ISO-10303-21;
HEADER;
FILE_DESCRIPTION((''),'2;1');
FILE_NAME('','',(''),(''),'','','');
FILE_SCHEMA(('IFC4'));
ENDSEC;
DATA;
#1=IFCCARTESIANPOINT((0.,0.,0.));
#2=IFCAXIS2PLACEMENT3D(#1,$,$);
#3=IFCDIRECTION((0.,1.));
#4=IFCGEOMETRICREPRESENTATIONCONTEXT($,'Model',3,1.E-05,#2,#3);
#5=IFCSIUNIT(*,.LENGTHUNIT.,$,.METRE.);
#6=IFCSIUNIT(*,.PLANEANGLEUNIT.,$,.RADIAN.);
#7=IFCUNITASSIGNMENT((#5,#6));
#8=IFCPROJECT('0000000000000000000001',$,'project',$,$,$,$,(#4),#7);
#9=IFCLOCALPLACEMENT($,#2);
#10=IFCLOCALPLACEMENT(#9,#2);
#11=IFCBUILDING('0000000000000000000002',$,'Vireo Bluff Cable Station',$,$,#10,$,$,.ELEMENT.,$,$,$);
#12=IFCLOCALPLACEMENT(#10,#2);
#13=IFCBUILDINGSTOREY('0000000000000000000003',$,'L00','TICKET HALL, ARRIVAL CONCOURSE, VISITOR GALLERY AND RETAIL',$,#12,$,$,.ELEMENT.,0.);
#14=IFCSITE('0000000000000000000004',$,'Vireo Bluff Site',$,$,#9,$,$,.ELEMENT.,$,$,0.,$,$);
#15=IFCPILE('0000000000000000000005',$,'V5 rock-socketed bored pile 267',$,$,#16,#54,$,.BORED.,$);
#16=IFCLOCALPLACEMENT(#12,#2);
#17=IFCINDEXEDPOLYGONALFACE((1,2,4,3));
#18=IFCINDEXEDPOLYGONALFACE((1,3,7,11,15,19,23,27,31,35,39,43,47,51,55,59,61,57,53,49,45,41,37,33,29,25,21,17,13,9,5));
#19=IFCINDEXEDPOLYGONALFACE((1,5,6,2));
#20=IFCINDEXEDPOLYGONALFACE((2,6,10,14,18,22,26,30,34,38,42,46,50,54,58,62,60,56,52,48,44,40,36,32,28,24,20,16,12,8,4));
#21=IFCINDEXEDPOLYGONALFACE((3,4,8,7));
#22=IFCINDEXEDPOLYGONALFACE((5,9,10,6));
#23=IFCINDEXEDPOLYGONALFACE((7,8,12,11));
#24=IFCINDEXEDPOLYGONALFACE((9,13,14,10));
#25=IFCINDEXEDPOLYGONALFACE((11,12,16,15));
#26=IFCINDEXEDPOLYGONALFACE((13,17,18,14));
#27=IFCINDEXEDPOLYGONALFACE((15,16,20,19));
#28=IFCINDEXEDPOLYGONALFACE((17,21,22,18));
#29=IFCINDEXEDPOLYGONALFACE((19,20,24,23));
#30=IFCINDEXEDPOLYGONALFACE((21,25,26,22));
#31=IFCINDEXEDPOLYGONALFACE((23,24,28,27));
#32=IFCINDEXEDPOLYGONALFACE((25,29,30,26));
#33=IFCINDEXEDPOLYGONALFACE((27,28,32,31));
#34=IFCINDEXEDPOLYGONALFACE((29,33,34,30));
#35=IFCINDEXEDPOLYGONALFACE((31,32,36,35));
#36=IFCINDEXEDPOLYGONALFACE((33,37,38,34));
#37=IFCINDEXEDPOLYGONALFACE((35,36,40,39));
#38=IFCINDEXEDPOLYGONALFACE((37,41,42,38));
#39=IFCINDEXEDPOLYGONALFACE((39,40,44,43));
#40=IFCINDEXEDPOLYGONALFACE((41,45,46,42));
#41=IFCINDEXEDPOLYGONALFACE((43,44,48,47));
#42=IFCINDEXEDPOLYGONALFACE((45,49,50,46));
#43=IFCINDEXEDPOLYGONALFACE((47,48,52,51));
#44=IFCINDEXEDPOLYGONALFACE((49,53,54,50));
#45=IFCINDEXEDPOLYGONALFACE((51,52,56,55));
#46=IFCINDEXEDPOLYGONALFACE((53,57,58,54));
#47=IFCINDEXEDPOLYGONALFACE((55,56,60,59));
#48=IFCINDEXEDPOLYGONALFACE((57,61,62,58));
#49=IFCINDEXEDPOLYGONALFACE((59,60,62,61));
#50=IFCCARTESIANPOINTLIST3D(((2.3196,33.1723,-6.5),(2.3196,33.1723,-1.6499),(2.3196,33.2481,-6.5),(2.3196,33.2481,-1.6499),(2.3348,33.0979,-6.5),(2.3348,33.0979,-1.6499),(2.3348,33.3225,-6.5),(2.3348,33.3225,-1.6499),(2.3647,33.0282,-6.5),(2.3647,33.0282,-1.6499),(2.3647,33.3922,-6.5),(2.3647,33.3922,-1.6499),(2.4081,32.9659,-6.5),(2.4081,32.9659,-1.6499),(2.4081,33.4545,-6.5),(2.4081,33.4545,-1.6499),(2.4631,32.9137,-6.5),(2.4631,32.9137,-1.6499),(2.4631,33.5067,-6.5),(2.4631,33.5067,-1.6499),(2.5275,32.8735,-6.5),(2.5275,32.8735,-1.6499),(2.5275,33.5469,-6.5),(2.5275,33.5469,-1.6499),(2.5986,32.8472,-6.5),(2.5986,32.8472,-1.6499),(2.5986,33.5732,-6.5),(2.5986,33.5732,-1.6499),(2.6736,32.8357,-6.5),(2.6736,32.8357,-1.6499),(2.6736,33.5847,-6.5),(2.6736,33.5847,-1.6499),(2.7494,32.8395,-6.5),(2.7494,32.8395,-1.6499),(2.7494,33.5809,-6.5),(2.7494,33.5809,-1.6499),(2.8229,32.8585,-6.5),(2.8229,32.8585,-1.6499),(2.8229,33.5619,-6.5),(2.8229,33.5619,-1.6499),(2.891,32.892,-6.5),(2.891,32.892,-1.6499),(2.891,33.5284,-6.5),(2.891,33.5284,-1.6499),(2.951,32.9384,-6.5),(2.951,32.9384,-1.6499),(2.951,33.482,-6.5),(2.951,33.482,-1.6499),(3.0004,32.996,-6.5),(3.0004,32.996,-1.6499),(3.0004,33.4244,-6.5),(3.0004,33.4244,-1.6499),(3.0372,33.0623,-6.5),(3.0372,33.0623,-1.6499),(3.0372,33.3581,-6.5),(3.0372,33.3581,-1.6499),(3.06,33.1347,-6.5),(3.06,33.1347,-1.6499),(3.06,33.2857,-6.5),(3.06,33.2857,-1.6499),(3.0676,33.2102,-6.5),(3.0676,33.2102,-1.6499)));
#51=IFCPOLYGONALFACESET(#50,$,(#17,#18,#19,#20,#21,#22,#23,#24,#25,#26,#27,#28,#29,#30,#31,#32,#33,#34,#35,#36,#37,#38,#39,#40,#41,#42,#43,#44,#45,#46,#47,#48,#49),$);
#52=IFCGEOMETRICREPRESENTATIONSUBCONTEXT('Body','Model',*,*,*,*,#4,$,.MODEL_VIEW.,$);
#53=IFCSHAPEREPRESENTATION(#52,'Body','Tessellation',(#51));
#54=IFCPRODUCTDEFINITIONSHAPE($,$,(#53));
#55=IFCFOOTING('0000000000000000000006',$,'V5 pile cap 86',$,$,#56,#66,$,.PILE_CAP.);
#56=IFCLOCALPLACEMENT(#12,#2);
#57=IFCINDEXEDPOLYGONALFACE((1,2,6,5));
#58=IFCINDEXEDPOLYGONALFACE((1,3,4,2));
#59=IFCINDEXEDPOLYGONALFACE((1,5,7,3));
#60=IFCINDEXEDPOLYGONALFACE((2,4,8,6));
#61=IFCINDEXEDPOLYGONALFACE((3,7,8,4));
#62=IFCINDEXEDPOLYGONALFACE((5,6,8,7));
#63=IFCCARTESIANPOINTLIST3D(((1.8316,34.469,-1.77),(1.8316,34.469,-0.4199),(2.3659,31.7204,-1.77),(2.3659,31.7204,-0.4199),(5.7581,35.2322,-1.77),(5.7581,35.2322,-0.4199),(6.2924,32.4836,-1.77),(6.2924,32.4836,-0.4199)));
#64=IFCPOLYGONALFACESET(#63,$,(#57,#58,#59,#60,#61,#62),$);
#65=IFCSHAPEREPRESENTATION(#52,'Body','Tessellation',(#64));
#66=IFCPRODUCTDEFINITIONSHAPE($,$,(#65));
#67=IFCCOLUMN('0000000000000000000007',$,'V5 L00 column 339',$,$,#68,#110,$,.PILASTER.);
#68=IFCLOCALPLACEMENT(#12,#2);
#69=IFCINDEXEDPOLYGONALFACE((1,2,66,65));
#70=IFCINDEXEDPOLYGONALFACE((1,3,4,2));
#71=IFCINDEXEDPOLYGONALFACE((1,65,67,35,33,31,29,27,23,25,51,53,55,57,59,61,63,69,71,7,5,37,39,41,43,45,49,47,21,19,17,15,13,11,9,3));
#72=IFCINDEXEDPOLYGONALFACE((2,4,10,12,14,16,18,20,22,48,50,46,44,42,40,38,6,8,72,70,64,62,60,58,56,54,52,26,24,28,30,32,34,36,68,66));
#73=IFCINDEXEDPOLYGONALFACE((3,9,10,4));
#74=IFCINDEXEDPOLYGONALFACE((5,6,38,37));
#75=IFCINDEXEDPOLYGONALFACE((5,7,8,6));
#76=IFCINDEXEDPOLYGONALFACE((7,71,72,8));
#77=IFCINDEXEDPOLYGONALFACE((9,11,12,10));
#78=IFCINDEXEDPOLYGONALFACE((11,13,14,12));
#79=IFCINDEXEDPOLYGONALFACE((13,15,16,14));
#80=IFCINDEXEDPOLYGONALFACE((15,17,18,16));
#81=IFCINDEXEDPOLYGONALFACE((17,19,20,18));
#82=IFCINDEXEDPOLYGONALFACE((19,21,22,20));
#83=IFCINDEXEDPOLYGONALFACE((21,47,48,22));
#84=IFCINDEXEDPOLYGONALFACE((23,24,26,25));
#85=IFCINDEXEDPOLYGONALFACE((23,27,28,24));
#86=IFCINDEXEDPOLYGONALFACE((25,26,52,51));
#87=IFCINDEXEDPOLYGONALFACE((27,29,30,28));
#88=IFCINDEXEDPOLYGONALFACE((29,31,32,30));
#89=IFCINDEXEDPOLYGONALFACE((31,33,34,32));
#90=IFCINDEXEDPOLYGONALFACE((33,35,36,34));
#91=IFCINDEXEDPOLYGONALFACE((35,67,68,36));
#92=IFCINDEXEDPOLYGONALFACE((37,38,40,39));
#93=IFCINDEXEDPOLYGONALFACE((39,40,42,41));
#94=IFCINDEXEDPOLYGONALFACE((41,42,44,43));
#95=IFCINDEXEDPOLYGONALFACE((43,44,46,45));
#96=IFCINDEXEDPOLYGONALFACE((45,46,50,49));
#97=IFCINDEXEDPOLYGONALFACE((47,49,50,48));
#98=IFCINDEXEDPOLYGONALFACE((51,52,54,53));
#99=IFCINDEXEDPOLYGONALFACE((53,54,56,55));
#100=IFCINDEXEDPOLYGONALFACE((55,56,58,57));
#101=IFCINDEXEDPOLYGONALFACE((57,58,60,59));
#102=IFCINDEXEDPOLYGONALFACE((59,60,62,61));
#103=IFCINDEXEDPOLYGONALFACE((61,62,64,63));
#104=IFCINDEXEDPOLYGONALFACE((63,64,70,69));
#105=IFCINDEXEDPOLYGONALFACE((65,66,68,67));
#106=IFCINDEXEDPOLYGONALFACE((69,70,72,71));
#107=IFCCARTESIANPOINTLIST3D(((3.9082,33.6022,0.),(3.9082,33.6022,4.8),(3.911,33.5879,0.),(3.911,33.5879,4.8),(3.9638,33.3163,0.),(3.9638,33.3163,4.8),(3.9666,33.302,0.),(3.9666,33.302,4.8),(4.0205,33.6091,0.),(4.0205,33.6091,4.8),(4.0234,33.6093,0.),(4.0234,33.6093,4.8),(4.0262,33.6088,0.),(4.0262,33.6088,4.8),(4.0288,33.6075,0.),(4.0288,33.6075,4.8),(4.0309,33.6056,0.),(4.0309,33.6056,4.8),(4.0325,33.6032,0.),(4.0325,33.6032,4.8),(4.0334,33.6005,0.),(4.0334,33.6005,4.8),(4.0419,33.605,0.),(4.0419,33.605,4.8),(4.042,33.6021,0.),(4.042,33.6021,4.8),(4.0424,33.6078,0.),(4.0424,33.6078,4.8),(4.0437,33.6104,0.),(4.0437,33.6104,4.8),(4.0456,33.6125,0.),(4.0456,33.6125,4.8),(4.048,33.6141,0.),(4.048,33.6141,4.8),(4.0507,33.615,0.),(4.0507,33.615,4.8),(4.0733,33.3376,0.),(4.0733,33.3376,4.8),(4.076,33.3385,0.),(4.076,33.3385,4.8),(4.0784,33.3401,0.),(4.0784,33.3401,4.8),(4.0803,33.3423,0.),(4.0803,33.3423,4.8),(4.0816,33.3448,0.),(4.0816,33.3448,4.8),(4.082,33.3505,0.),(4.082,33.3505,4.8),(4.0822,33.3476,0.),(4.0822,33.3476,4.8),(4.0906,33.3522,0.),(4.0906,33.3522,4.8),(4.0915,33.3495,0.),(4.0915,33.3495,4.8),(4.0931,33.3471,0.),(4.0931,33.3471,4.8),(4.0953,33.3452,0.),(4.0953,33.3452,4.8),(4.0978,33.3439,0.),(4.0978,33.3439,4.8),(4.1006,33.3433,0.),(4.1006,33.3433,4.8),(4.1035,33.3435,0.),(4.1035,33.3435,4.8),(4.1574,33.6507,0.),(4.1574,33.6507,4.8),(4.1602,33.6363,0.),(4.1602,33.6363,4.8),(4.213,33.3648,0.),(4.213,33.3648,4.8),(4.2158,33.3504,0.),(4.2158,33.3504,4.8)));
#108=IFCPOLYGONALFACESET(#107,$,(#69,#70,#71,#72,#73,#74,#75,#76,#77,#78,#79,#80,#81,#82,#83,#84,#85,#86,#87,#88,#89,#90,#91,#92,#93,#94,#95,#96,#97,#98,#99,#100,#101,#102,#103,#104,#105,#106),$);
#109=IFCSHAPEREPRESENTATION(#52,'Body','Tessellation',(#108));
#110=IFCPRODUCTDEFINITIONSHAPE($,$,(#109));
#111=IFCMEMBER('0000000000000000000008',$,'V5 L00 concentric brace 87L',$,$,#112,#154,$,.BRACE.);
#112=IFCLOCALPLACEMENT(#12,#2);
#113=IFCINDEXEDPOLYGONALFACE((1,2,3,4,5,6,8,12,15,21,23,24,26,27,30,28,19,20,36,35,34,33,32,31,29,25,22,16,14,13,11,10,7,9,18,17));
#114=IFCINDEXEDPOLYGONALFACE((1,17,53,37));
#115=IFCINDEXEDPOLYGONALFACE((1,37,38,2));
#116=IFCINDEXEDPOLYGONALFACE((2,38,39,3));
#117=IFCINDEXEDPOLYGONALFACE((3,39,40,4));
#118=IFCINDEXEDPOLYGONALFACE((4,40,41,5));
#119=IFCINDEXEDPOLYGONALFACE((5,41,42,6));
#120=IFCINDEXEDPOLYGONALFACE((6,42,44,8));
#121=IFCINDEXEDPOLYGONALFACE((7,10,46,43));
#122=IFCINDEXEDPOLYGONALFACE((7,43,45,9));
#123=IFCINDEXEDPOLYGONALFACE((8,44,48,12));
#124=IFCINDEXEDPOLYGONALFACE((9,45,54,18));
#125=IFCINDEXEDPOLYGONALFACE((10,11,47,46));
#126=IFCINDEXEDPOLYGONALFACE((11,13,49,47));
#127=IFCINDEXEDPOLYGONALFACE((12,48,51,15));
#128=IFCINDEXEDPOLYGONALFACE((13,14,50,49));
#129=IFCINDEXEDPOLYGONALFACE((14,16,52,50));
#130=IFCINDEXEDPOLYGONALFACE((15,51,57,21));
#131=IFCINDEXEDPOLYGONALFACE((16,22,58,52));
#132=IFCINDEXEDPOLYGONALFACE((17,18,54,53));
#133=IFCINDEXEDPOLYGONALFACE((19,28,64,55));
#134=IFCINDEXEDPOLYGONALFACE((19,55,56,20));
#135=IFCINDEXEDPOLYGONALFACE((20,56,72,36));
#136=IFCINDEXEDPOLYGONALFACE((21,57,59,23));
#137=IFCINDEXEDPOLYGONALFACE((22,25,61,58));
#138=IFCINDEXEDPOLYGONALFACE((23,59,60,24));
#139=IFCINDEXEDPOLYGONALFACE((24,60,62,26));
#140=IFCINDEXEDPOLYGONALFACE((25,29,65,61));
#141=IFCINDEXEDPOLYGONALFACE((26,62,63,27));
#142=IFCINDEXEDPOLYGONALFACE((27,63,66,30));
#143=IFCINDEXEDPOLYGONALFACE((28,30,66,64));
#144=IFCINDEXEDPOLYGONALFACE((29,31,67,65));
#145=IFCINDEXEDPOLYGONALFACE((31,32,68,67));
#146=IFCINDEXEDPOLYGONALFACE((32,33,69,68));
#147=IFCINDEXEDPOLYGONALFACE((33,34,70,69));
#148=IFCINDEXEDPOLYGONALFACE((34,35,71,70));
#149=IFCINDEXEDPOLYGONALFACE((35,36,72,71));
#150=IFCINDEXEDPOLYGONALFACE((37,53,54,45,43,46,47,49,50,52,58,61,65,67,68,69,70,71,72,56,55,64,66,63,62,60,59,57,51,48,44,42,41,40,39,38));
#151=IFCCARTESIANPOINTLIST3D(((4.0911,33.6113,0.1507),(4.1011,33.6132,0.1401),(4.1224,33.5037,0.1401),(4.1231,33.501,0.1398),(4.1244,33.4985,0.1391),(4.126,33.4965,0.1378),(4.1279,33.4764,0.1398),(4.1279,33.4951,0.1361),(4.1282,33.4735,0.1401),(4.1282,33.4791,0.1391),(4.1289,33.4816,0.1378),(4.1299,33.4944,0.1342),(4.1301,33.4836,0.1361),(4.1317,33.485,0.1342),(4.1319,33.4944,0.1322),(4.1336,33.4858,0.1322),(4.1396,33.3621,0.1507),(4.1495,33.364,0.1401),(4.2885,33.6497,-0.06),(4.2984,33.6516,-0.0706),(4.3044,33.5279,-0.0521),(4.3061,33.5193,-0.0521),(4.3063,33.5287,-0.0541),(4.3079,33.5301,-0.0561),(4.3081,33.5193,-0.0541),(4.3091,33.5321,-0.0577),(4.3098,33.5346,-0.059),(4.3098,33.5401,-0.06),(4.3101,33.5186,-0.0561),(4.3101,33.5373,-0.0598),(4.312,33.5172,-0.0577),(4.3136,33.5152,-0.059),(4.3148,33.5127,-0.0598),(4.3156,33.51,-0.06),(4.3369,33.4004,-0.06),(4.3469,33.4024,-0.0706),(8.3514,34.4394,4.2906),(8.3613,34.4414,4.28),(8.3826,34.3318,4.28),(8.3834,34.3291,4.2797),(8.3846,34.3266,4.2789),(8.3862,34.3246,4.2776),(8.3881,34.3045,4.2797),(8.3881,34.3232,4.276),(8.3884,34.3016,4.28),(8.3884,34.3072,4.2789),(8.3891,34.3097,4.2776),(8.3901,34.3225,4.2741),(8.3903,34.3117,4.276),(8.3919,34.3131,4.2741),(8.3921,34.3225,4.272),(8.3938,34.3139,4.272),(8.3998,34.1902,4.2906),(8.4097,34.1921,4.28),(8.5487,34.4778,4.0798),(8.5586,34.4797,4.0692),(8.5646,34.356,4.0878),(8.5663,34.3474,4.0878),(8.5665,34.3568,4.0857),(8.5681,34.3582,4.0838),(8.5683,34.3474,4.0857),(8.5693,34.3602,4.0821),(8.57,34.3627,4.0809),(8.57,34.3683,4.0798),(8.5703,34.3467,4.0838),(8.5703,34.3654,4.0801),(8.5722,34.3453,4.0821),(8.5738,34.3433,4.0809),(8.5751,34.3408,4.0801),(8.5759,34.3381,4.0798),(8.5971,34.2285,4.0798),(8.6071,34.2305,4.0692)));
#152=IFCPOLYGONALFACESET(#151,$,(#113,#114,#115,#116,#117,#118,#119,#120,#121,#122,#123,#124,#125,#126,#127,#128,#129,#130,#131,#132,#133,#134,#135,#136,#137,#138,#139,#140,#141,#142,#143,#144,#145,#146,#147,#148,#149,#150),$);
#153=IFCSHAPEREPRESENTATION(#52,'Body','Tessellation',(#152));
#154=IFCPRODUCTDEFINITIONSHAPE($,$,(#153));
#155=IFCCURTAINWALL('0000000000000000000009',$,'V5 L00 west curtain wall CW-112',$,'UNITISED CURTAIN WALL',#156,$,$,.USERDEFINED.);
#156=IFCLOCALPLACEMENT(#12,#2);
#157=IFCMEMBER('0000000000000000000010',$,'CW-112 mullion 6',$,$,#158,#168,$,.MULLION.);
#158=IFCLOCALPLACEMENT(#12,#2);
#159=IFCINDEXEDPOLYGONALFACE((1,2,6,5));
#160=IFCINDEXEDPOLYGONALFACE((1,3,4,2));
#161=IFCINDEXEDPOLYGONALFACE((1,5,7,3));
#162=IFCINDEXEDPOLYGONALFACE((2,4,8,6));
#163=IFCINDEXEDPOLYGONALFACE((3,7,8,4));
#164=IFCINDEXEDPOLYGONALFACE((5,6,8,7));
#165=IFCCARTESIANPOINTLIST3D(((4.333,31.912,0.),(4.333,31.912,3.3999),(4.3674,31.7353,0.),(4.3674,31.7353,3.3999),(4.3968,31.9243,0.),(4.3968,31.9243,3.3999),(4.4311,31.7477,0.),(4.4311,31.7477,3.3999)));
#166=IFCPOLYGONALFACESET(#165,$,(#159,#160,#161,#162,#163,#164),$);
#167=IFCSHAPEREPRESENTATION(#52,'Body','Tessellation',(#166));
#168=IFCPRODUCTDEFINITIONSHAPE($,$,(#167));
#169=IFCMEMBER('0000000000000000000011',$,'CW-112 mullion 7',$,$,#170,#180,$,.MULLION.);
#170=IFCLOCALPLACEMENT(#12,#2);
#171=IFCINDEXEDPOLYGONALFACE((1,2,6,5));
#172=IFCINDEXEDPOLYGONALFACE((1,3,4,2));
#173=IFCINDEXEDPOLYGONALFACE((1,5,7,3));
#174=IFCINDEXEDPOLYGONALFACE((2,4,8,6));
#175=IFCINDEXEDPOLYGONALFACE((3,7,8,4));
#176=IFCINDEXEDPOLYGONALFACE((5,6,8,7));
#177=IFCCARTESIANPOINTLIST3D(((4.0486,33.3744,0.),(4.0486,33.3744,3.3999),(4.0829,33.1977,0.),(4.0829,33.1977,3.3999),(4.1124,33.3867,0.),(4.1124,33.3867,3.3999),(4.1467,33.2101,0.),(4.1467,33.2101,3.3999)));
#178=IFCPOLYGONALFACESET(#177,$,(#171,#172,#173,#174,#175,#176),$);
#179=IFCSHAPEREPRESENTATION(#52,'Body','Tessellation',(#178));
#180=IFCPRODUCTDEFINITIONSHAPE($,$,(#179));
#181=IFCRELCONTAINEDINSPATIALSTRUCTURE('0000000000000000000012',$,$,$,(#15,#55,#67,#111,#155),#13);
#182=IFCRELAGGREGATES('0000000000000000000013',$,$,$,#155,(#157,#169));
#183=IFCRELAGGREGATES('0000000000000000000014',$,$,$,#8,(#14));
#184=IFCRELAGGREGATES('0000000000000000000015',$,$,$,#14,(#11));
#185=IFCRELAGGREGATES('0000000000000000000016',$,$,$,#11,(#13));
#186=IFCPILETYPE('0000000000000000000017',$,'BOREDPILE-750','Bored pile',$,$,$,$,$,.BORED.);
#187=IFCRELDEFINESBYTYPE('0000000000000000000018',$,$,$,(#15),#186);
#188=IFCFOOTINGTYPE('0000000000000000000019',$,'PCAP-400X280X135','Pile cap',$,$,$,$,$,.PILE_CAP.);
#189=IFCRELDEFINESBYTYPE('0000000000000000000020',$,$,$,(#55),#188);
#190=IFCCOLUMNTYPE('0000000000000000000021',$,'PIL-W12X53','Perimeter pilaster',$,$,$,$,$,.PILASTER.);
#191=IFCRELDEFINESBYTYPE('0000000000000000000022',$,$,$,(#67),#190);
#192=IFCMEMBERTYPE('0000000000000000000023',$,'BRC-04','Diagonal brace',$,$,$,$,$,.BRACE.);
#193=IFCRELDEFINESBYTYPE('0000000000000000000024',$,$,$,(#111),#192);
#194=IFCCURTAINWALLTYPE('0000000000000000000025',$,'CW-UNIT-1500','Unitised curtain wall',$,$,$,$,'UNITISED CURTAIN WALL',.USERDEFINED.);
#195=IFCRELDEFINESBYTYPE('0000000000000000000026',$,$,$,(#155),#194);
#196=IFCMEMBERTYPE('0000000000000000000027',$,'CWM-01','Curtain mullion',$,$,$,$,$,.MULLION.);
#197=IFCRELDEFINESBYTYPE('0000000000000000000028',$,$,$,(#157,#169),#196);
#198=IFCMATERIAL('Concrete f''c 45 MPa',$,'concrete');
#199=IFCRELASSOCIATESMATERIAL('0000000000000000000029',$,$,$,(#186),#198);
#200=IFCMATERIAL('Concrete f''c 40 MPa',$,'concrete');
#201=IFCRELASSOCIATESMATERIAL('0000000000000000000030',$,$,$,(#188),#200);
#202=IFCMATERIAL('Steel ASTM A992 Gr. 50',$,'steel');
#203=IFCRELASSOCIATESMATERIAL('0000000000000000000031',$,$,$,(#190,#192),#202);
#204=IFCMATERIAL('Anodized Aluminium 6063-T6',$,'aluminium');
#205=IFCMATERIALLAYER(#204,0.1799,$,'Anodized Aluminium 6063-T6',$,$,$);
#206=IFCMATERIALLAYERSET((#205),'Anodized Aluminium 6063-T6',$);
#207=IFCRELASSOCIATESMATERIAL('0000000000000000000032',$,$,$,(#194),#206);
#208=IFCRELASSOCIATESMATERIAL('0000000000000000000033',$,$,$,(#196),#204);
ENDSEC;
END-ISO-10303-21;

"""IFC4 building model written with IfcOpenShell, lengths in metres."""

from ifc_helpers import new_model, si_unit, direction, frame, origin, origin_2d, place, context, subcontext, project, spatial, rectangle, circle, i_section, extrude, material, layer, layer_set, material_profile, profile_set, type_object, element, aggregate, save


model = new_model("IFC4")

# Units and contexts
model_context = context("Model", 3, precision=1e-05, world=origin(), true_north=direction((0.0, 1.0)))
body_context = subcontext(model_context, "Body", "Model", "MODEL_VIEW")
ifc_project = project(units=[si_unit("LENGTHUNIT", "METRE"), si_unit("PLANEANGLEUNIT", "RADIAN")], contexts=[model_context])

# Site, building, storey
site_placement = place(None, origin())
site = spatial("IfcSite", under=ifc_project, at=site_placement, Name="Vireo Bluff Site", CompositionType="ELEMENT", RefElevation=0.0)
building_placement = place(site_placement, origin())
building = spatial("IfcBuilding", under=site, at=building_placement, Name="Vireo Bluff Cable Station", CompositionType="ELEMENT")
storey_placement = place(building_placement, origin())
storey = spatial("IfcBuildingStorey", under=building, at=storey_placement, Name="L00", Description="TICKET HALL, ARRIVAL CONCOURSE, VISITOR GALLERY AND RETAIL", CompositionType="ELEMENT", Elevation=0.0)

# Pile
ifc_material_1 = material(Name="Concrete f'c 45 MPa", Category="concrete")
ifc_material_profile_1 = material_profile(ifc_material_1, circle(Radius=0.375, at=origin_2d()), Name="BOREDPILE-750")
ifc_profile_set_1 = profile_set([ifc_material_profile_1], Name="Concrete f'c 45 MPa")
pile_type = type_object("IfcPileType", Name="BOREDPILE-750", Description="Bored pile", PredefinedType="BORED", material=ifc_profile_set_1)
pile_placement = place(storey_placement, frame((2.6926, 33.2102, -1.6499), z_axis=(0.0, 0.0, -1.0), x_axis=(1.0, 0.0, 0.0)))
element("IfcPile", 1, at=pile_placement, inside=storey, type_object=pile_type, Name="V5 rock-socketed bored pile 267", PredefinedType="BORED", context=body_context, shape_type="SweptSolid", body=[
    extrude(circle(Radius=0.375, at=origin_2d()), origin(), (0.0, 0.0, 1.0), 4.8501),
])

# Footing
ifc_material_2 = material(Name="Concrete f'c 40 MPa", Category="concrete")
footing_type = type_object("IfcFootingType", Name="PCAP-400X280X135", Description="Pile cap", PredefinedType="PILE_CAP", material=ifc_material_2)
footing_placement = place(storey_placement, frame((4.062, 33.4763, -1.77), z_axis=(0.0, 0.0, 1.0), x_axis=(0.981627, 0.190809, 0.0)))
element("IfcFooting", 2, at=footing_placement, inside=storey, type_object=footing_type, Name="V5 pile cap 86", PredefinedType="PILE_CAP", context=body_context, shape_type="SweptSolid", body=[
    extrude(rectangle(XDim=4.0, YDim=2.8, at=origin_2d()), origin(), (0.0, 0.0, 1.0), 1.3501),
])

# Column
ifc_material_3 = material(Name="Steel ASTM A992 Gr. 50", Category="steel")
ifc_material_profile_2 = material_profile(ifc_material_3, i_section(OverallWidth=0.2539, OverallDepth=0.3059, WebThickness=0.0088, FlangeThickness=0.0146, FilletRadius=0.011, at=origin_2d()), Name="W12X53")
ifc_profile_set_2 = profile_set([ifc_material_profile_2], Name="Steel ASTM A992 Gr. 50")
column_type = type_object("IfcColumnType", Name="PIL-W12X53", Description="Perimeter pilaster", PredefinedType="PILASTER", material=ifc_profile_set_2)
column_placement = place(storey_placement, frame((4.062, 33.4763, 0.0), z_axis=(0.0, 0.0, 1.0), x_axis=(0.981627, 0.190809, 0.0)))
element("IfcColumn", 3, at=column_placement, inside=storey, type_object=column_type, Name="V5 L00 column 339", PredefinedType="PILASTER", context=body_context, shape_type="SweptSolid", body=[
    extrude(i_section(OverallWidth=0.2539, OverallDepth=0.3059, WebThickness=0.0088, FlangeThickness=0.0146, FilletRadius=0.011, at=origin_2d()), origin(), (0.0, 0.0, 1.0), 4.8),
])

# Member
ifc_material_profile_3 = material_profile(ifc_material_3, i_section(OverallWidth=0.2539, OverallDepth=0.3059, WebThickness=0.0088, FlangeThickness=0.0146, FilletRadius=0.011, at=origin_2d()), Name="W12X53")
ifc_profile_set_3 = profile_set([ifc_material_profile_3], Name="Steel ASTM A992 Gr. 50")
member_type_1 = type_object("IfcMemberType", Name="BRC-04", Description="Diagonal brace", PredefinedType="BRACE", material=ifc_profile_set_3)
member_1_placement = place(storey_placement, frame((4.219, 33.5068, 0.04), z_axis=(0.710296, 0.13807, 0.690229), x_axis=(-0.190812, 0.981627, 0.0)))
element("IfcMember", 4, at=member_1_placement, inside=storey, type_object=member_type_1, Name="V5 L00 concentric brace 87L", PredefinedType="BRACE", context=body_context, shape_type="SweptSolid", body=[
    extrude(i_section(OverallWidth=0.2539, OverallDepth=0.3059, WebThickness=0.0088, FlangeThickness=0.0146, FilletRadius=0.011, at=origin_2d()), origin(), (0.0, 0.0, 1.0), 5.9978),
])

# Curtain wall, members
ifc_material_4 = material(Name="Anodized Aluminium 6063-T6", Category="aluminium")
ifc_layer_1 = layer(ifc_material_4, 0.1799, Name="Anodized Aluminium 6063-T6")
ifc_layer_set_1 = layer_set([ifc_layer_1], Name="Anodized Aluminium 6063-T6")
curtain_wall_type = type_object("IfcCurtainWallType", Name="CW-UNIT-1500", Description="Unitised curtain wall", ElementType="UNITISED CURTAIN WALL", PredefinedType="USERDEFINED", material=ifc_layer_set_1)
curtain_wall_placement = place(storey_placement, origin())
curtain_wall = element("IfcCurtainWall", 5, at=curtain_wall_placement, inside=storey, type_object=curtain_wall_type, Name="V5 L00 west curtain wall CW-112", ObjectType="UNITISED CURTAIN WALL", PredefinedType="USERDEFINED")
ifc_material_profile_4 = material_profile(ifc_material_4, rectangle(XDim=0.0649, YDim=0.1799, at=origin_2d()), Name="ALU-M-65X180")
ifc_profile_set_4 = profile_set([ifc_material_profile_4], Name="Anodized Aluminium 6063-T6")
member_type_2 = type_object("IfcMemberType", Name="CWM-01", Description="Curtain mullion", PredefinedType="MULLION", material=ifc_profile_set_4)
member_2_placement = place(storey_placement, frame((4.3821, 31.8298, 0.0), z_axis=(0.0, 0.0, 1.0), x_axis=(-0.981627, -0.190809, 0.0)))
member_2 = element("IfcMember", 6, at=member_2_placement, type_object=member_type_2, Name="CW-112 mullion 6", PredefinedType="MULLION", context=body_context, shape_type="SweptSolid", body=[
    extrude(rectangle(XDim=0.0649, YDim=0.1799, at=origin_2d()), origin(), (0.0, 0.0, 1.0), 3.3999),
])
member_3_placement = place(storey_placement, frame((4.0977, 33.2922, 0.0), z_axis=(0.0, 0.0, 1.0), x_axis=(-0.981627, -0.190809, 0.0)))
member_3 = element("IfcMember", 7, at=member_3_placement, type_object=member_type_2, Name="CW-112 mullion 7", PredefinedType="MULLION", context=body_context, shape_type="SweptSolid", body=[
    extrude(rectangle(XDim=0.0649, YDim=0.1799, at=origin_2d()), origin(), (0.0, 0.0, 1.0), 3.3999),
])

aggregate(curtain_wall, [member_2, member_3])

save(model, "model.ifc")
